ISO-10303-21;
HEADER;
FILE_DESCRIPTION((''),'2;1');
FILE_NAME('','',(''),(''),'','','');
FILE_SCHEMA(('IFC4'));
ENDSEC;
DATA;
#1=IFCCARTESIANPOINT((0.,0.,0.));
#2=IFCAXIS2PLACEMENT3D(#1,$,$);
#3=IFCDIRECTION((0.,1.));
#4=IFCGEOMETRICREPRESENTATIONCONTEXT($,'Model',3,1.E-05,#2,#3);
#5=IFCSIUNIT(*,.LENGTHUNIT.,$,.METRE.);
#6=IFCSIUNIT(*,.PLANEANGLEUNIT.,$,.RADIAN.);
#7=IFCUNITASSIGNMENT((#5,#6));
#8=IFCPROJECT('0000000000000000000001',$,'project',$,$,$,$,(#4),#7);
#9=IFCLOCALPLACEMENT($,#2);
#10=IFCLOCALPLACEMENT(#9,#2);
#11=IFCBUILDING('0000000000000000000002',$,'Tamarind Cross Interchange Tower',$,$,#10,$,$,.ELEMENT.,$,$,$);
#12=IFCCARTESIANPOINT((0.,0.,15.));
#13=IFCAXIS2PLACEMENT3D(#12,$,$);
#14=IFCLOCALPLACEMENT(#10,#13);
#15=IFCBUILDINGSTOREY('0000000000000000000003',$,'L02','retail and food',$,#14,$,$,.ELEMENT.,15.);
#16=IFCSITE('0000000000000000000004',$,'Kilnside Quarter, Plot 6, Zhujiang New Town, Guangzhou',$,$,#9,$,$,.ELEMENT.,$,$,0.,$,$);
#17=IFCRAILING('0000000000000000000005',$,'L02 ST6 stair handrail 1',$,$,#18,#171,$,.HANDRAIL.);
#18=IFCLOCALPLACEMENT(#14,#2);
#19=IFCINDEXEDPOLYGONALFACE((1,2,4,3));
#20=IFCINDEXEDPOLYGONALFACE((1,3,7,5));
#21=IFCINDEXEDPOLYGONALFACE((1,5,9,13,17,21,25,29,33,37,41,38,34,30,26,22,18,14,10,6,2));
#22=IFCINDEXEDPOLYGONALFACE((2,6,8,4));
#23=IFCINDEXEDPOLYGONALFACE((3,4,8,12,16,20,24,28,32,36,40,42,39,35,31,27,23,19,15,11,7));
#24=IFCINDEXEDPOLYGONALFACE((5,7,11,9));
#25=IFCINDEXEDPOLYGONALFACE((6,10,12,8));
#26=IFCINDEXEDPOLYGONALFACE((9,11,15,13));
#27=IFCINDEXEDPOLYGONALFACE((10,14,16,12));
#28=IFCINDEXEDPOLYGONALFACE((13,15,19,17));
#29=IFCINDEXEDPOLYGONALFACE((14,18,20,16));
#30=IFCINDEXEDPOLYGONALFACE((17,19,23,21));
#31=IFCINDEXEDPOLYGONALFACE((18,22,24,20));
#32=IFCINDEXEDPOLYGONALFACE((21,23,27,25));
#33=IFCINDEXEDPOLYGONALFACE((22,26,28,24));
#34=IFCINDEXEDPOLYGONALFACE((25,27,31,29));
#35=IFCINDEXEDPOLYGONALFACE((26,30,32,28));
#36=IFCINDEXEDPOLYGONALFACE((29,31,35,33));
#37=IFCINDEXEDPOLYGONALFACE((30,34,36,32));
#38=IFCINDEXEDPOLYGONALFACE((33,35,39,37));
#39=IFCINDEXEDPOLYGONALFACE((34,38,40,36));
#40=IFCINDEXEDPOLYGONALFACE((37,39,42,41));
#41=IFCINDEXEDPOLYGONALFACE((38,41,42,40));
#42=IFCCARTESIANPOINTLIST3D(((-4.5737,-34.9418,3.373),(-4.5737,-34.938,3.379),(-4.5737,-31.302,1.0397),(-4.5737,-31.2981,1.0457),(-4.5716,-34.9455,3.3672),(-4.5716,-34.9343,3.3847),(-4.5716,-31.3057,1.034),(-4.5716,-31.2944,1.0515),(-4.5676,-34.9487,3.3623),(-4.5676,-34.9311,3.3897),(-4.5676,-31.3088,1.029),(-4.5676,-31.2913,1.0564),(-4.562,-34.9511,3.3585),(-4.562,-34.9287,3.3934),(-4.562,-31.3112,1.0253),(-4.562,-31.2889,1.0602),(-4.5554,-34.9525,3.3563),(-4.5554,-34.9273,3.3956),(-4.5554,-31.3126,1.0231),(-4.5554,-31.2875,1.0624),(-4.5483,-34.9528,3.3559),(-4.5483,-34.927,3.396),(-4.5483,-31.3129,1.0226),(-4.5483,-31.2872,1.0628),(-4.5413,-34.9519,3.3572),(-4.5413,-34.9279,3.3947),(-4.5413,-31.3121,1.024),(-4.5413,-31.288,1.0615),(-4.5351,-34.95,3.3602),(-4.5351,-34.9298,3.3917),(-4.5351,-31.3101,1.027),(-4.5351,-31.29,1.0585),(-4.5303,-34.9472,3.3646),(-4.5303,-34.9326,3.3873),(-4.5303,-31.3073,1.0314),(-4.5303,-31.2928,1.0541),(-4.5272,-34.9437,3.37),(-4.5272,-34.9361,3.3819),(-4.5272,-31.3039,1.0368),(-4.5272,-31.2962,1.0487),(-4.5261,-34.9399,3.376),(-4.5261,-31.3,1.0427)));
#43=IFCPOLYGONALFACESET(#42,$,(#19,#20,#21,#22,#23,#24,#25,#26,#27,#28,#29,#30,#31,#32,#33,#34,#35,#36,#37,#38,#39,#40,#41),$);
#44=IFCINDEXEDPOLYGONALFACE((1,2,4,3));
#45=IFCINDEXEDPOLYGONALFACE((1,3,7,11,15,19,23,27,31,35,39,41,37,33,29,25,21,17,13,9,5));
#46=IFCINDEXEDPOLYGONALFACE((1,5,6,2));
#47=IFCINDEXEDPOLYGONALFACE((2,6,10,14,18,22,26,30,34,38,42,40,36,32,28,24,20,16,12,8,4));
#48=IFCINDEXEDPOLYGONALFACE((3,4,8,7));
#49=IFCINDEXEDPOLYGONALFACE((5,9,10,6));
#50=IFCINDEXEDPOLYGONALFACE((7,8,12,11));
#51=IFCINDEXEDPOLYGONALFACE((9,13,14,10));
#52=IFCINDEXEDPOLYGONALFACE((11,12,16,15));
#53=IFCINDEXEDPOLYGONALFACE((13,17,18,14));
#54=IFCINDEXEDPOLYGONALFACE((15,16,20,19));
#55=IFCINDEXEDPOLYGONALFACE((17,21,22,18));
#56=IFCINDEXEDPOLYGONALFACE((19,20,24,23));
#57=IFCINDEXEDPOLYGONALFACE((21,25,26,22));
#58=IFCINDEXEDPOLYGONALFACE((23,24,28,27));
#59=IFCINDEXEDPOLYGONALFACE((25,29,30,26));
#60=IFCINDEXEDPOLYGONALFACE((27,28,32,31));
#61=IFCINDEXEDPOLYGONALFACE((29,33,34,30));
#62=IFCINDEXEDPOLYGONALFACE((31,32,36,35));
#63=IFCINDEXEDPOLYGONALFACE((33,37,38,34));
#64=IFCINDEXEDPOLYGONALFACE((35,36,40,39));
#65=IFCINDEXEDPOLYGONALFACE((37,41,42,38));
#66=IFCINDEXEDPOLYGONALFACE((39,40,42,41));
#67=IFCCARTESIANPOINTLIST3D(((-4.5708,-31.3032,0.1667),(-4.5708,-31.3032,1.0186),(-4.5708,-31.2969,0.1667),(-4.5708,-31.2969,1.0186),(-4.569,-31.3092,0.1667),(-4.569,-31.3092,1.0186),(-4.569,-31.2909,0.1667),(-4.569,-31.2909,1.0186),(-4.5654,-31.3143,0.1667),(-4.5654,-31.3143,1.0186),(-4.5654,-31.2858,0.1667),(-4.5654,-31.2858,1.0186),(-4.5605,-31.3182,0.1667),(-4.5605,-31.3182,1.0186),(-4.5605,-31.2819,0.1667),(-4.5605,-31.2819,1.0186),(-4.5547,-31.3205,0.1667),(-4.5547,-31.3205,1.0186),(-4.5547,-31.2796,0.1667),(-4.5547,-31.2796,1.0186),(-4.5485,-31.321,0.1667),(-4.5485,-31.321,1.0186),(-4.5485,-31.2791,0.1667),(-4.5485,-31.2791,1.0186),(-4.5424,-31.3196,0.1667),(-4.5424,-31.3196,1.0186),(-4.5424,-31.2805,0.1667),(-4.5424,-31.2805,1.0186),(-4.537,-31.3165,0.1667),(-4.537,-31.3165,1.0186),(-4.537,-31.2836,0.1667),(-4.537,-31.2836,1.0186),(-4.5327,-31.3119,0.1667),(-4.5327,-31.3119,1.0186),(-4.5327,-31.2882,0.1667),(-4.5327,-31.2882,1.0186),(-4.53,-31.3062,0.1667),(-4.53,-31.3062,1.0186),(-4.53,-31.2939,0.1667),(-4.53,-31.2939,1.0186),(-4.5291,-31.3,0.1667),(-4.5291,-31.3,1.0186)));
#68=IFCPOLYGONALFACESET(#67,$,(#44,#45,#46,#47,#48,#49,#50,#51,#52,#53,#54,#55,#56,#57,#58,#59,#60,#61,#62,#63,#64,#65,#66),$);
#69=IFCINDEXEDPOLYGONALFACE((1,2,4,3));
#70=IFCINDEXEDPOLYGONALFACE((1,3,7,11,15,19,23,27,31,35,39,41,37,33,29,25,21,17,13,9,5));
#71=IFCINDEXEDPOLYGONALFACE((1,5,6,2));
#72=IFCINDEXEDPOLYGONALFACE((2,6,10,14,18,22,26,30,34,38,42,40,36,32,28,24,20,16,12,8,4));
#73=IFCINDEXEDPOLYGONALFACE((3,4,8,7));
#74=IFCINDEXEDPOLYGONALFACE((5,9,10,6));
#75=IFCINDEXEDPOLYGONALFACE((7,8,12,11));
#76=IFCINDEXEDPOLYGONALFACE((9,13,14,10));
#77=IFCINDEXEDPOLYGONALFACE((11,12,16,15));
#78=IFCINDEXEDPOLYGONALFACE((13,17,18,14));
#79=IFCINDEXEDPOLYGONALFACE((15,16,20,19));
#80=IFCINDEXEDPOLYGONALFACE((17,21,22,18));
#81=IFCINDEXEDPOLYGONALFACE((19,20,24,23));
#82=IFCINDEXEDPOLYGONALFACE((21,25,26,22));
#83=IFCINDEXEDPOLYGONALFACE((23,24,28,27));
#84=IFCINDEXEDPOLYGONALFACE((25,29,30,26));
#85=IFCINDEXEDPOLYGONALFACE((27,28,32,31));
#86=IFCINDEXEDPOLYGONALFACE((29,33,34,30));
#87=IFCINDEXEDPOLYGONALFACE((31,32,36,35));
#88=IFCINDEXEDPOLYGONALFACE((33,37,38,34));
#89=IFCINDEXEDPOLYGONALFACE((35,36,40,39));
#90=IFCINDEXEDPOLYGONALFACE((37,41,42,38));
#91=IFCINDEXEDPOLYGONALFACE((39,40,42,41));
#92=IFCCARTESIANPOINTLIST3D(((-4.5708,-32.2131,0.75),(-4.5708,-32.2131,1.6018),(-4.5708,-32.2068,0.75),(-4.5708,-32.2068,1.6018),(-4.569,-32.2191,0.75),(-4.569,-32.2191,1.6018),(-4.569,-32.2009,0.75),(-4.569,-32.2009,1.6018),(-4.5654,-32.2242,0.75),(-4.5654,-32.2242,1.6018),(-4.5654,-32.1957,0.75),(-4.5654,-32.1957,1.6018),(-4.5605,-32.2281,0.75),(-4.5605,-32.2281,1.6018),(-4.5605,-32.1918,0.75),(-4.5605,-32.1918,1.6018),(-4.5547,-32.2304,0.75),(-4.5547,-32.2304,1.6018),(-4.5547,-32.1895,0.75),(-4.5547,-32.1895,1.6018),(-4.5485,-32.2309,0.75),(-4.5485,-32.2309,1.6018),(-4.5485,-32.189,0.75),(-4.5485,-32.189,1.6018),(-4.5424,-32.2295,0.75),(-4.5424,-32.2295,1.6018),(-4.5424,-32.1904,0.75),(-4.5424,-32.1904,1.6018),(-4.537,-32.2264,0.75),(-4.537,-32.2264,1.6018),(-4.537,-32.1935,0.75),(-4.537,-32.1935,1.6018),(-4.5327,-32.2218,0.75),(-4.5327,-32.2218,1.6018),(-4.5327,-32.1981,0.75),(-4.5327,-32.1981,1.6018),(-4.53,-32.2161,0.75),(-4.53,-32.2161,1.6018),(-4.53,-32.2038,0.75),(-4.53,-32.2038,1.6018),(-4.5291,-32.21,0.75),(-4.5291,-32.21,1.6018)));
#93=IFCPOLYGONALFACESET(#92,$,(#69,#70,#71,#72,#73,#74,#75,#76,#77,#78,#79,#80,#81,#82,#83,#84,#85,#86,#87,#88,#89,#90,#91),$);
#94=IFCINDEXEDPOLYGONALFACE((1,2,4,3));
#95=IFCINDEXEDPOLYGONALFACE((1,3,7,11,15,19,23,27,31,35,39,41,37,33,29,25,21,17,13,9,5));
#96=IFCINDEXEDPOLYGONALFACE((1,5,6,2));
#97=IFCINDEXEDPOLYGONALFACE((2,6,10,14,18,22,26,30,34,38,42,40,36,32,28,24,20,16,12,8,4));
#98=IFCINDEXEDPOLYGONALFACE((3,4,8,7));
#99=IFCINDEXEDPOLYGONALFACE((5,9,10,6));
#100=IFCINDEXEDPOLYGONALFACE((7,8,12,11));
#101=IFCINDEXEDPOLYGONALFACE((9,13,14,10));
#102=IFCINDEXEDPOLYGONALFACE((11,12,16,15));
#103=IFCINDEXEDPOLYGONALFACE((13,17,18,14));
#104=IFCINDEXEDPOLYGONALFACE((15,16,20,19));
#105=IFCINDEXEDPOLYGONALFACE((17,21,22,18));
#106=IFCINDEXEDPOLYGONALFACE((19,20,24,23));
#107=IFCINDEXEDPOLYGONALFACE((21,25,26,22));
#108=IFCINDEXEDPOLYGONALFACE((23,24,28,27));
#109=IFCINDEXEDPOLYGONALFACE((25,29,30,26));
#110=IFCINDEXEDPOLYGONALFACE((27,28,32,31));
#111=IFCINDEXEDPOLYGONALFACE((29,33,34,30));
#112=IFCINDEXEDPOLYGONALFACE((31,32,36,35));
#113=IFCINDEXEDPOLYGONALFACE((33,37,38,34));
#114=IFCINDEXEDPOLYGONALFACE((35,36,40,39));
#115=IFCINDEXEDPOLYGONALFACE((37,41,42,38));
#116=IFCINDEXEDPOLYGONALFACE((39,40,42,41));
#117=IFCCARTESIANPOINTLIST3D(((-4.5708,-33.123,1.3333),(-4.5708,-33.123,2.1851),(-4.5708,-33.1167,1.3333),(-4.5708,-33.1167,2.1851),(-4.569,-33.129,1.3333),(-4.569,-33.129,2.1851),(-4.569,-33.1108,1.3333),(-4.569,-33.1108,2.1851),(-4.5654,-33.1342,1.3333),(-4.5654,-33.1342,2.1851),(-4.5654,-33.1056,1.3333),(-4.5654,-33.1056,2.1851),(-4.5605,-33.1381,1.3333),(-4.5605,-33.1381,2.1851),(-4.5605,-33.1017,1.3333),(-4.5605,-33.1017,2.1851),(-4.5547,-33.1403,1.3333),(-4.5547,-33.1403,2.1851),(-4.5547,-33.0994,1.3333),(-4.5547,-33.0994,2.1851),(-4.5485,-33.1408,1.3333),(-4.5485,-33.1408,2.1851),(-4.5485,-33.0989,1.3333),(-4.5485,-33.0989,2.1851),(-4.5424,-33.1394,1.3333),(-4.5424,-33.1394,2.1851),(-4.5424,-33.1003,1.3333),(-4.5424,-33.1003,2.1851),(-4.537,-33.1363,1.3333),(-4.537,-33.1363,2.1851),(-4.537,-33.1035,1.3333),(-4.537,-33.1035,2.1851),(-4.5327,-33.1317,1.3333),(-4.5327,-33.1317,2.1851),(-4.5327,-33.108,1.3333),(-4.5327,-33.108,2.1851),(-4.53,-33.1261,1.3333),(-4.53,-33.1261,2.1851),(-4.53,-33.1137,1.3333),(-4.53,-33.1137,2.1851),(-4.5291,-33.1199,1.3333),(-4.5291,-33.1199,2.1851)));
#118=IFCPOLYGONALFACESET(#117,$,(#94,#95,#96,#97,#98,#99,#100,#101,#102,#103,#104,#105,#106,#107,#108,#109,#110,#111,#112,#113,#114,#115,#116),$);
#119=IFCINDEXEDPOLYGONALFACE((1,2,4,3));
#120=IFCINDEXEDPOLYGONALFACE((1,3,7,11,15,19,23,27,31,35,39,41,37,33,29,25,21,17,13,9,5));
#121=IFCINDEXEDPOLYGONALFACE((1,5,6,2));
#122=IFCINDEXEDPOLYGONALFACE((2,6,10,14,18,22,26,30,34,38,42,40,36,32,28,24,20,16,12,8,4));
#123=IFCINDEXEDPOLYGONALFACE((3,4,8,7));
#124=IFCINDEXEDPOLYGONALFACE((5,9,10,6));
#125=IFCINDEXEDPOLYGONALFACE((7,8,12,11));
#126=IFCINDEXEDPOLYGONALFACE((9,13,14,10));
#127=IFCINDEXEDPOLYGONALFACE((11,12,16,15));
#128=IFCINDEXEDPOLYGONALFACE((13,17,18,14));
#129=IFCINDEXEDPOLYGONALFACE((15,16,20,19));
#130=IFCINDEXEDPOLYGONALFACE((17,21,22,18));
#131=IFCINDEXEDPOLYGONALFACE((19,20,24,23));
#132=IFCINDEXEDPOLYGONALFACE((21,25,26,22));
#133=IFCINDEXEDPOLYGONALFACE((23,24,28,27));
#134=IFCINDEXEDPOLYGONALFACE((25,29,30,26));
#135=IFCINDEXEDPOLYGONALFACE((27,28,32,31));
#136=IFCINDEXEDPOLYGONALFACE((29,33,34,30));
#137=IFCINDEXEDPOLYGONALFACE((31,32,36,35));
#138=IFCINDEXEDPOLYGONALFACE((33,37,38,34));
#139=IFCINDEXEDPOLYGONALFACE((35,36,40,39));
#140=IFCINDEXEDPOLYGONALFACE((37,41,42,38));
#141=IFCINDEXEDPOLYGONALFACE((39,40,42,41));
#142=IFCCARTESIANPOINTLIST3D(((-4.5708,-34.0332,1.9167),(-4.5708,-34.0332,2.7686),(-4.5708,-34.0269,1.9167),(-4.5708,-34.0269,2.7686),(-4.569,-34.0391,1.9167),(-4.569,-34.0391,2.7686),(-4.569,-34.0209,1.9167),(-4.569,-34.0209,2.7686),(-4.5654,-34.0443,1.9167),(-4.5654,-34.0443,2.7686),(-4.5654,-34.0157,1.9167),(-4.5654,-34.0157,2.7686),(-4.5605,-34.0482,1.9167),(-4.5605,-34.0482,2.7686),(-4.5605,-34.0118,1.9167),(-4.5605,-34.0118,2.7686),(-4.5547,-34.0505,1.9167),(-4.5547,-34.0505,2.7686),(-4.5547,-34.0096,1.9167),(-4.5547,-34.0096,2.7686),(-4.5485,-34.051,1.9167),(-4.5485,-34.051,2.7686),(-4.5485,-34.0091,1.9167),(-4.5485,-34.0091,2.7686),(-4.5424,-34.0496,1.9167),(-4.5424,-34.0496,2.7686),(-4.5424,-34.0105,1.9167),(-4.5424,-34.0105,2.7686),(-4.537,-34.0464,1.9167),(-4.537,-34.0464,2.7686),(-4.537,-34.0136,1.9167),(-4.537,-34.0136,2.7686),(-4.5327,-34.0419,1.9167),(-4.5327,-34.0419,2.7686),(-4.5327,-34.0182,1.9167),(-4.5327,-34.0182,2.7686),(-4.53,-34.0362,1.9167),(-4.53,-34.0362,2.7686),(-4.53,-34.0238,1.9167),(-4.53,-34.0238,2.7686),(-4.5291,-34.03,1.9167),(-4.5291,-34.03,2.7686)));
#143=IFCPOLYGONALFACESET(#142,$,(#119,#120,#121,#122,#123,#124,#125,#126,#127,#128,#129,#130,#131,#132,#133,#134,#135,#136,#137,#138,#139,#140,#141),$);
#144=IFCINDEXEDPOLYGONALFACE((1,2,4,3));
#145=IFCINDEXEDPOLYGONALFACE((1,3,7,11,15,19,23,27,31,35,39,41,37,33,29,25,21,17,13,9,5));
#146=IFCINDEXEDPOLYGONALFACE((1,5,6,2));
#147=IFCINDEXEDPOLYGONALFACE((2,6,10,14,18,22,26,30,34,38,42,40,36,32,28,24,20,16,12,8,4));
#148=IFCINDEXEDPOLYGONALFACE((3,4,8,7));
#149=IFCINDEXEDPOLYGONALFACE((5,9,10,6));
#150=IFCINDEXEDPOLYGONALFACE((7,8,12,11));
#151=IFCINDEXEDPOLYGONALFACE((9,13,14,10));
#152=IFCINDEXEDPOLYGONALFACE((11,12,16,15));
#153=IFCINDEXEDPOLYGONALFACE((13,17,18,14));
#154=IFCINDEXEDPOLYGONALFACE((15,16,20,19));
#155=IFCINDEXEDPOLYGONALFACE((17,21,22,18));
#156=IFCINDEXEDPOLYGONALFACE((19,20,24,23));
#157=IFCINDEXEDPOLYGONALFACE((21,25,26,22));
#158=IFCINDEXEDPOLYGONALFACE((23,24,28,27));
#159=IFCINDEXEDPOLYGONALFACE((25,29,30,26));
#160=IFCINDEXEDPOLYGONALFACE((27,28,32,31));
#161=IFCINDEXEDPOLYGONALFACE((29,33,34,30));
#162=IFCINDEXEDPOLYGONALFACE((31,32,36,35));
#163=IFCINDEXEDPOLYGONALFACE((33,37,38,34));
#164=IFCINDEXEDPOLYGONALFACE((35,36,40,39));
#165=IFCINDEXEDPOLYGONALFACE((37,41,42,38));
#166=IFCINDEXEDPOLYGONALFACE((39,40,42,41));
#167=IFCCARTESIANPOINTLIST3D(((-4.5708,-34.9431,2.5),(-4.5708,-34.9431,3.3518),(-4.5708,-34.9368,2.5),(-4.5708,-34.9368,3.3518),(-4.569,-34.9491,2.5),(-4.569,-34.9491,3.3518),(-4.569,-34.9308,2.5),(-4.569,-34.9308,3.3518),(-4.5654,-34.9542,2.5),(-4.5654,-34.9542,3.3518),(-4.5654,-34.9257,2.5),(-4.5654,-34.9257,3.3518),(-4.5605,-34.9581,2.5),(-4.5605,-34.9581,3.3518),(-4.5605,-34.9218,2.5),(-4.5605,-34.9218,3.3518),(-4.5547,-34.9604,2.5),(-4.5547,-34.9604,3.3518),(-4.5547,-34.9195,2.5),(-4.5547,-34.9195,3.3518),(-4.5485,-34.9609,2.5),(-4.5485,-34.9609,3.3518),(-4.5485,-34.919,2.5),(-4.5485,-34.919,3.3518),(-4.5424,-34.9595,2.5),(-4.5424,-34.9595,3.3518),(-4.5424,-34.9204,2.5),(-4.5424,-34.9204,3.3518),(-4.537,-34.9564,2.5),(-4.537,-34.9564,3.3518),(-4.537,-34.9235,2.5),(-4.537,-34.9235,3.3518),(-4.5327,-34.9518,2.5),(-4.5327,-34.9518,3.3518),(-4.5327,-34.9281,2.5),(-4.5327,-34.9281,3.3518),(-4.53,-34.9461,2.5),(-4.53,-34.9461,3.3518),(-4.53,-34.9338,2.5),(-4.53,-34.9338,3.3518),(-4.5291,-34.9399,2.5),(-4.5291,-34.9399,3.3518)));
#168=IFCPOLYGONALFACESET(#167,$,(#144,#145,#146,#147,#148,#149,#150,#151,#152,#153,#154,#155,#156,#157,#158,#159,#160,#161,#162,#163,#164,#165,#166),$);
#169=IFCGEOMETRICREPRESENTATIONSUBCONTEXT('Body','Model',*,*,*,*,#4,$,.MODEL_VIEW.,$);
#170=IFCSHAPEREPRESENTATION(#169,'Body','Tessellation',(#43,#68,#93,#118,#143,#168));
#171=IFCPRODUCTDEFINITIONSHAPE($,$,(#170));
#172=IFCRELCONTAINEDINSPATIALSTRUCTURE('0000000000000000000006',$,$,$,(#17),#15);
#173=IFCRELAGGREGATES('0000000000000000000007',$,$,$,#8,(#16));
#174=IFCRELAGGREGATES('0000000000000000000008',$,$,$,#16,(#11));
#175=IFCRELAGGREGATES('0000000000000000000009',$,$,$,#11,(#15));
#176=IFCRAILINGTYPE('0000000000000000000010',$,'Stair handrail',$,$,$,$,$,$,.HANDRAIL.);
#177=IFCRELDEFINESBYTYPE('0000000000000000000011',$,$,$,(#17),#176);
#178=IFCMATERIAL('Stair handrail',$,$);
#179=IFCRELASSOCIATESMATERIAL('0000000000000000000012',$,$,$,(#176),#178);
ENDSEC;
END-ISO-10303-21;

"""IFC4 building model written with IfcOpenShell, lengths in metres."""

from ifc_helpers import new_model, si_unit, direction, frame, origin, origin_2d, place, context, subcontext, project, spatial, circle, extrude, material, type_object, element, save


model = new_model("IFC4")

# Units and contexts
model_context = context("Model", 3, precision=1e-05, world=origin(), true_north=direction((0.0, 1.0)))
body_context = subcontext(model_context, "Body", "Model", "MODEL_VIEW")
ifc_project = project(units=[si_unit("LENGTHUNIT", "METRE"), si_unit("PLANEANGLEUNIT", "RADIAN")], contexts=[model_context])

# Site, building, storey
site_placement = place(None, origin())
site = spatial("IfcSite", under=ifc_project, at=site_placement, Name="Kilnside Quarter, Plot 6, Zhujiang New Town, Guangzhou", CompositionType="ELEMENT", RefElevation=0.0)
building_placement = place(site_placement, origin())
building = spatial("IfcBuilding", under=site, at=building_placement, Name="Tamarind Cross Interchange Tower", CompositionType="ELEMENT")
storey_placement = place(building_placement, frame((0.0, 0.0, 15.0)))
storey = spatial("IfcBuildingStorey", under=building, at=storey_placement, Name="L02", Description="retail and food", CompositionType="ELEMENT", Elevation=15.0)

# Railing
ifc_material_1 = material(Name="Stair handrail")
railing_type_1 = type_object("IfcRailingType", Name="Stair handrail", PredefinedType="HANDRAIL", material=ifc_material_1)
railing_1_placement = place(storey_placement, frame((-4.55, -31.3, 0.1667)))
element("IfcRailing", 1, at=railing_1_placement, inside=storey, type_object=railing_type_1, Name="L02 ST6 stair handrail 1", PredefinedType="HANDRAIL", context=body_context, shape_type="SweptSolid", body=[
    extrude(circle(Radius=0.0239, at=origin_2d()), frame((0.0, 0.0, 0.876), z_axis=(0.0, -0.84188, 0.539664), x_axis=(1.0, 0.0, 0.0)), (0.0, 0.0, 1.0), 4.3235),
    extrude(circle(Radius=0.021, at=origin_2d()), origin(), (0.0, 0.0, 1.0), 0.8518),
    extrude(circle(Radius=0.021, at=origin_2d()), frame((0.0, -0.9099, 0.5833)), (0.0, 0.0, 1.0), 0.8518),
    extrude(circle(Radius=0.021, at=origin_2d()), frame((0.0, -1.8198, 1.1665)), (0.0, 0.0, 1.0), 0.8518),
    extrude(circle(Radius=0.021, at=origin_2d()), frame((0.0, -2.73, 1.75)), (0.0, 0.0, 1.0), 0.8518),
    extrude(circle(Radius=0.021, at=origin_2d()), frame((0.0, -3.6399, 2.3333)), (0.0, 0.0, 1.0), 0.8518),
])

save(model, "model.ifc")
